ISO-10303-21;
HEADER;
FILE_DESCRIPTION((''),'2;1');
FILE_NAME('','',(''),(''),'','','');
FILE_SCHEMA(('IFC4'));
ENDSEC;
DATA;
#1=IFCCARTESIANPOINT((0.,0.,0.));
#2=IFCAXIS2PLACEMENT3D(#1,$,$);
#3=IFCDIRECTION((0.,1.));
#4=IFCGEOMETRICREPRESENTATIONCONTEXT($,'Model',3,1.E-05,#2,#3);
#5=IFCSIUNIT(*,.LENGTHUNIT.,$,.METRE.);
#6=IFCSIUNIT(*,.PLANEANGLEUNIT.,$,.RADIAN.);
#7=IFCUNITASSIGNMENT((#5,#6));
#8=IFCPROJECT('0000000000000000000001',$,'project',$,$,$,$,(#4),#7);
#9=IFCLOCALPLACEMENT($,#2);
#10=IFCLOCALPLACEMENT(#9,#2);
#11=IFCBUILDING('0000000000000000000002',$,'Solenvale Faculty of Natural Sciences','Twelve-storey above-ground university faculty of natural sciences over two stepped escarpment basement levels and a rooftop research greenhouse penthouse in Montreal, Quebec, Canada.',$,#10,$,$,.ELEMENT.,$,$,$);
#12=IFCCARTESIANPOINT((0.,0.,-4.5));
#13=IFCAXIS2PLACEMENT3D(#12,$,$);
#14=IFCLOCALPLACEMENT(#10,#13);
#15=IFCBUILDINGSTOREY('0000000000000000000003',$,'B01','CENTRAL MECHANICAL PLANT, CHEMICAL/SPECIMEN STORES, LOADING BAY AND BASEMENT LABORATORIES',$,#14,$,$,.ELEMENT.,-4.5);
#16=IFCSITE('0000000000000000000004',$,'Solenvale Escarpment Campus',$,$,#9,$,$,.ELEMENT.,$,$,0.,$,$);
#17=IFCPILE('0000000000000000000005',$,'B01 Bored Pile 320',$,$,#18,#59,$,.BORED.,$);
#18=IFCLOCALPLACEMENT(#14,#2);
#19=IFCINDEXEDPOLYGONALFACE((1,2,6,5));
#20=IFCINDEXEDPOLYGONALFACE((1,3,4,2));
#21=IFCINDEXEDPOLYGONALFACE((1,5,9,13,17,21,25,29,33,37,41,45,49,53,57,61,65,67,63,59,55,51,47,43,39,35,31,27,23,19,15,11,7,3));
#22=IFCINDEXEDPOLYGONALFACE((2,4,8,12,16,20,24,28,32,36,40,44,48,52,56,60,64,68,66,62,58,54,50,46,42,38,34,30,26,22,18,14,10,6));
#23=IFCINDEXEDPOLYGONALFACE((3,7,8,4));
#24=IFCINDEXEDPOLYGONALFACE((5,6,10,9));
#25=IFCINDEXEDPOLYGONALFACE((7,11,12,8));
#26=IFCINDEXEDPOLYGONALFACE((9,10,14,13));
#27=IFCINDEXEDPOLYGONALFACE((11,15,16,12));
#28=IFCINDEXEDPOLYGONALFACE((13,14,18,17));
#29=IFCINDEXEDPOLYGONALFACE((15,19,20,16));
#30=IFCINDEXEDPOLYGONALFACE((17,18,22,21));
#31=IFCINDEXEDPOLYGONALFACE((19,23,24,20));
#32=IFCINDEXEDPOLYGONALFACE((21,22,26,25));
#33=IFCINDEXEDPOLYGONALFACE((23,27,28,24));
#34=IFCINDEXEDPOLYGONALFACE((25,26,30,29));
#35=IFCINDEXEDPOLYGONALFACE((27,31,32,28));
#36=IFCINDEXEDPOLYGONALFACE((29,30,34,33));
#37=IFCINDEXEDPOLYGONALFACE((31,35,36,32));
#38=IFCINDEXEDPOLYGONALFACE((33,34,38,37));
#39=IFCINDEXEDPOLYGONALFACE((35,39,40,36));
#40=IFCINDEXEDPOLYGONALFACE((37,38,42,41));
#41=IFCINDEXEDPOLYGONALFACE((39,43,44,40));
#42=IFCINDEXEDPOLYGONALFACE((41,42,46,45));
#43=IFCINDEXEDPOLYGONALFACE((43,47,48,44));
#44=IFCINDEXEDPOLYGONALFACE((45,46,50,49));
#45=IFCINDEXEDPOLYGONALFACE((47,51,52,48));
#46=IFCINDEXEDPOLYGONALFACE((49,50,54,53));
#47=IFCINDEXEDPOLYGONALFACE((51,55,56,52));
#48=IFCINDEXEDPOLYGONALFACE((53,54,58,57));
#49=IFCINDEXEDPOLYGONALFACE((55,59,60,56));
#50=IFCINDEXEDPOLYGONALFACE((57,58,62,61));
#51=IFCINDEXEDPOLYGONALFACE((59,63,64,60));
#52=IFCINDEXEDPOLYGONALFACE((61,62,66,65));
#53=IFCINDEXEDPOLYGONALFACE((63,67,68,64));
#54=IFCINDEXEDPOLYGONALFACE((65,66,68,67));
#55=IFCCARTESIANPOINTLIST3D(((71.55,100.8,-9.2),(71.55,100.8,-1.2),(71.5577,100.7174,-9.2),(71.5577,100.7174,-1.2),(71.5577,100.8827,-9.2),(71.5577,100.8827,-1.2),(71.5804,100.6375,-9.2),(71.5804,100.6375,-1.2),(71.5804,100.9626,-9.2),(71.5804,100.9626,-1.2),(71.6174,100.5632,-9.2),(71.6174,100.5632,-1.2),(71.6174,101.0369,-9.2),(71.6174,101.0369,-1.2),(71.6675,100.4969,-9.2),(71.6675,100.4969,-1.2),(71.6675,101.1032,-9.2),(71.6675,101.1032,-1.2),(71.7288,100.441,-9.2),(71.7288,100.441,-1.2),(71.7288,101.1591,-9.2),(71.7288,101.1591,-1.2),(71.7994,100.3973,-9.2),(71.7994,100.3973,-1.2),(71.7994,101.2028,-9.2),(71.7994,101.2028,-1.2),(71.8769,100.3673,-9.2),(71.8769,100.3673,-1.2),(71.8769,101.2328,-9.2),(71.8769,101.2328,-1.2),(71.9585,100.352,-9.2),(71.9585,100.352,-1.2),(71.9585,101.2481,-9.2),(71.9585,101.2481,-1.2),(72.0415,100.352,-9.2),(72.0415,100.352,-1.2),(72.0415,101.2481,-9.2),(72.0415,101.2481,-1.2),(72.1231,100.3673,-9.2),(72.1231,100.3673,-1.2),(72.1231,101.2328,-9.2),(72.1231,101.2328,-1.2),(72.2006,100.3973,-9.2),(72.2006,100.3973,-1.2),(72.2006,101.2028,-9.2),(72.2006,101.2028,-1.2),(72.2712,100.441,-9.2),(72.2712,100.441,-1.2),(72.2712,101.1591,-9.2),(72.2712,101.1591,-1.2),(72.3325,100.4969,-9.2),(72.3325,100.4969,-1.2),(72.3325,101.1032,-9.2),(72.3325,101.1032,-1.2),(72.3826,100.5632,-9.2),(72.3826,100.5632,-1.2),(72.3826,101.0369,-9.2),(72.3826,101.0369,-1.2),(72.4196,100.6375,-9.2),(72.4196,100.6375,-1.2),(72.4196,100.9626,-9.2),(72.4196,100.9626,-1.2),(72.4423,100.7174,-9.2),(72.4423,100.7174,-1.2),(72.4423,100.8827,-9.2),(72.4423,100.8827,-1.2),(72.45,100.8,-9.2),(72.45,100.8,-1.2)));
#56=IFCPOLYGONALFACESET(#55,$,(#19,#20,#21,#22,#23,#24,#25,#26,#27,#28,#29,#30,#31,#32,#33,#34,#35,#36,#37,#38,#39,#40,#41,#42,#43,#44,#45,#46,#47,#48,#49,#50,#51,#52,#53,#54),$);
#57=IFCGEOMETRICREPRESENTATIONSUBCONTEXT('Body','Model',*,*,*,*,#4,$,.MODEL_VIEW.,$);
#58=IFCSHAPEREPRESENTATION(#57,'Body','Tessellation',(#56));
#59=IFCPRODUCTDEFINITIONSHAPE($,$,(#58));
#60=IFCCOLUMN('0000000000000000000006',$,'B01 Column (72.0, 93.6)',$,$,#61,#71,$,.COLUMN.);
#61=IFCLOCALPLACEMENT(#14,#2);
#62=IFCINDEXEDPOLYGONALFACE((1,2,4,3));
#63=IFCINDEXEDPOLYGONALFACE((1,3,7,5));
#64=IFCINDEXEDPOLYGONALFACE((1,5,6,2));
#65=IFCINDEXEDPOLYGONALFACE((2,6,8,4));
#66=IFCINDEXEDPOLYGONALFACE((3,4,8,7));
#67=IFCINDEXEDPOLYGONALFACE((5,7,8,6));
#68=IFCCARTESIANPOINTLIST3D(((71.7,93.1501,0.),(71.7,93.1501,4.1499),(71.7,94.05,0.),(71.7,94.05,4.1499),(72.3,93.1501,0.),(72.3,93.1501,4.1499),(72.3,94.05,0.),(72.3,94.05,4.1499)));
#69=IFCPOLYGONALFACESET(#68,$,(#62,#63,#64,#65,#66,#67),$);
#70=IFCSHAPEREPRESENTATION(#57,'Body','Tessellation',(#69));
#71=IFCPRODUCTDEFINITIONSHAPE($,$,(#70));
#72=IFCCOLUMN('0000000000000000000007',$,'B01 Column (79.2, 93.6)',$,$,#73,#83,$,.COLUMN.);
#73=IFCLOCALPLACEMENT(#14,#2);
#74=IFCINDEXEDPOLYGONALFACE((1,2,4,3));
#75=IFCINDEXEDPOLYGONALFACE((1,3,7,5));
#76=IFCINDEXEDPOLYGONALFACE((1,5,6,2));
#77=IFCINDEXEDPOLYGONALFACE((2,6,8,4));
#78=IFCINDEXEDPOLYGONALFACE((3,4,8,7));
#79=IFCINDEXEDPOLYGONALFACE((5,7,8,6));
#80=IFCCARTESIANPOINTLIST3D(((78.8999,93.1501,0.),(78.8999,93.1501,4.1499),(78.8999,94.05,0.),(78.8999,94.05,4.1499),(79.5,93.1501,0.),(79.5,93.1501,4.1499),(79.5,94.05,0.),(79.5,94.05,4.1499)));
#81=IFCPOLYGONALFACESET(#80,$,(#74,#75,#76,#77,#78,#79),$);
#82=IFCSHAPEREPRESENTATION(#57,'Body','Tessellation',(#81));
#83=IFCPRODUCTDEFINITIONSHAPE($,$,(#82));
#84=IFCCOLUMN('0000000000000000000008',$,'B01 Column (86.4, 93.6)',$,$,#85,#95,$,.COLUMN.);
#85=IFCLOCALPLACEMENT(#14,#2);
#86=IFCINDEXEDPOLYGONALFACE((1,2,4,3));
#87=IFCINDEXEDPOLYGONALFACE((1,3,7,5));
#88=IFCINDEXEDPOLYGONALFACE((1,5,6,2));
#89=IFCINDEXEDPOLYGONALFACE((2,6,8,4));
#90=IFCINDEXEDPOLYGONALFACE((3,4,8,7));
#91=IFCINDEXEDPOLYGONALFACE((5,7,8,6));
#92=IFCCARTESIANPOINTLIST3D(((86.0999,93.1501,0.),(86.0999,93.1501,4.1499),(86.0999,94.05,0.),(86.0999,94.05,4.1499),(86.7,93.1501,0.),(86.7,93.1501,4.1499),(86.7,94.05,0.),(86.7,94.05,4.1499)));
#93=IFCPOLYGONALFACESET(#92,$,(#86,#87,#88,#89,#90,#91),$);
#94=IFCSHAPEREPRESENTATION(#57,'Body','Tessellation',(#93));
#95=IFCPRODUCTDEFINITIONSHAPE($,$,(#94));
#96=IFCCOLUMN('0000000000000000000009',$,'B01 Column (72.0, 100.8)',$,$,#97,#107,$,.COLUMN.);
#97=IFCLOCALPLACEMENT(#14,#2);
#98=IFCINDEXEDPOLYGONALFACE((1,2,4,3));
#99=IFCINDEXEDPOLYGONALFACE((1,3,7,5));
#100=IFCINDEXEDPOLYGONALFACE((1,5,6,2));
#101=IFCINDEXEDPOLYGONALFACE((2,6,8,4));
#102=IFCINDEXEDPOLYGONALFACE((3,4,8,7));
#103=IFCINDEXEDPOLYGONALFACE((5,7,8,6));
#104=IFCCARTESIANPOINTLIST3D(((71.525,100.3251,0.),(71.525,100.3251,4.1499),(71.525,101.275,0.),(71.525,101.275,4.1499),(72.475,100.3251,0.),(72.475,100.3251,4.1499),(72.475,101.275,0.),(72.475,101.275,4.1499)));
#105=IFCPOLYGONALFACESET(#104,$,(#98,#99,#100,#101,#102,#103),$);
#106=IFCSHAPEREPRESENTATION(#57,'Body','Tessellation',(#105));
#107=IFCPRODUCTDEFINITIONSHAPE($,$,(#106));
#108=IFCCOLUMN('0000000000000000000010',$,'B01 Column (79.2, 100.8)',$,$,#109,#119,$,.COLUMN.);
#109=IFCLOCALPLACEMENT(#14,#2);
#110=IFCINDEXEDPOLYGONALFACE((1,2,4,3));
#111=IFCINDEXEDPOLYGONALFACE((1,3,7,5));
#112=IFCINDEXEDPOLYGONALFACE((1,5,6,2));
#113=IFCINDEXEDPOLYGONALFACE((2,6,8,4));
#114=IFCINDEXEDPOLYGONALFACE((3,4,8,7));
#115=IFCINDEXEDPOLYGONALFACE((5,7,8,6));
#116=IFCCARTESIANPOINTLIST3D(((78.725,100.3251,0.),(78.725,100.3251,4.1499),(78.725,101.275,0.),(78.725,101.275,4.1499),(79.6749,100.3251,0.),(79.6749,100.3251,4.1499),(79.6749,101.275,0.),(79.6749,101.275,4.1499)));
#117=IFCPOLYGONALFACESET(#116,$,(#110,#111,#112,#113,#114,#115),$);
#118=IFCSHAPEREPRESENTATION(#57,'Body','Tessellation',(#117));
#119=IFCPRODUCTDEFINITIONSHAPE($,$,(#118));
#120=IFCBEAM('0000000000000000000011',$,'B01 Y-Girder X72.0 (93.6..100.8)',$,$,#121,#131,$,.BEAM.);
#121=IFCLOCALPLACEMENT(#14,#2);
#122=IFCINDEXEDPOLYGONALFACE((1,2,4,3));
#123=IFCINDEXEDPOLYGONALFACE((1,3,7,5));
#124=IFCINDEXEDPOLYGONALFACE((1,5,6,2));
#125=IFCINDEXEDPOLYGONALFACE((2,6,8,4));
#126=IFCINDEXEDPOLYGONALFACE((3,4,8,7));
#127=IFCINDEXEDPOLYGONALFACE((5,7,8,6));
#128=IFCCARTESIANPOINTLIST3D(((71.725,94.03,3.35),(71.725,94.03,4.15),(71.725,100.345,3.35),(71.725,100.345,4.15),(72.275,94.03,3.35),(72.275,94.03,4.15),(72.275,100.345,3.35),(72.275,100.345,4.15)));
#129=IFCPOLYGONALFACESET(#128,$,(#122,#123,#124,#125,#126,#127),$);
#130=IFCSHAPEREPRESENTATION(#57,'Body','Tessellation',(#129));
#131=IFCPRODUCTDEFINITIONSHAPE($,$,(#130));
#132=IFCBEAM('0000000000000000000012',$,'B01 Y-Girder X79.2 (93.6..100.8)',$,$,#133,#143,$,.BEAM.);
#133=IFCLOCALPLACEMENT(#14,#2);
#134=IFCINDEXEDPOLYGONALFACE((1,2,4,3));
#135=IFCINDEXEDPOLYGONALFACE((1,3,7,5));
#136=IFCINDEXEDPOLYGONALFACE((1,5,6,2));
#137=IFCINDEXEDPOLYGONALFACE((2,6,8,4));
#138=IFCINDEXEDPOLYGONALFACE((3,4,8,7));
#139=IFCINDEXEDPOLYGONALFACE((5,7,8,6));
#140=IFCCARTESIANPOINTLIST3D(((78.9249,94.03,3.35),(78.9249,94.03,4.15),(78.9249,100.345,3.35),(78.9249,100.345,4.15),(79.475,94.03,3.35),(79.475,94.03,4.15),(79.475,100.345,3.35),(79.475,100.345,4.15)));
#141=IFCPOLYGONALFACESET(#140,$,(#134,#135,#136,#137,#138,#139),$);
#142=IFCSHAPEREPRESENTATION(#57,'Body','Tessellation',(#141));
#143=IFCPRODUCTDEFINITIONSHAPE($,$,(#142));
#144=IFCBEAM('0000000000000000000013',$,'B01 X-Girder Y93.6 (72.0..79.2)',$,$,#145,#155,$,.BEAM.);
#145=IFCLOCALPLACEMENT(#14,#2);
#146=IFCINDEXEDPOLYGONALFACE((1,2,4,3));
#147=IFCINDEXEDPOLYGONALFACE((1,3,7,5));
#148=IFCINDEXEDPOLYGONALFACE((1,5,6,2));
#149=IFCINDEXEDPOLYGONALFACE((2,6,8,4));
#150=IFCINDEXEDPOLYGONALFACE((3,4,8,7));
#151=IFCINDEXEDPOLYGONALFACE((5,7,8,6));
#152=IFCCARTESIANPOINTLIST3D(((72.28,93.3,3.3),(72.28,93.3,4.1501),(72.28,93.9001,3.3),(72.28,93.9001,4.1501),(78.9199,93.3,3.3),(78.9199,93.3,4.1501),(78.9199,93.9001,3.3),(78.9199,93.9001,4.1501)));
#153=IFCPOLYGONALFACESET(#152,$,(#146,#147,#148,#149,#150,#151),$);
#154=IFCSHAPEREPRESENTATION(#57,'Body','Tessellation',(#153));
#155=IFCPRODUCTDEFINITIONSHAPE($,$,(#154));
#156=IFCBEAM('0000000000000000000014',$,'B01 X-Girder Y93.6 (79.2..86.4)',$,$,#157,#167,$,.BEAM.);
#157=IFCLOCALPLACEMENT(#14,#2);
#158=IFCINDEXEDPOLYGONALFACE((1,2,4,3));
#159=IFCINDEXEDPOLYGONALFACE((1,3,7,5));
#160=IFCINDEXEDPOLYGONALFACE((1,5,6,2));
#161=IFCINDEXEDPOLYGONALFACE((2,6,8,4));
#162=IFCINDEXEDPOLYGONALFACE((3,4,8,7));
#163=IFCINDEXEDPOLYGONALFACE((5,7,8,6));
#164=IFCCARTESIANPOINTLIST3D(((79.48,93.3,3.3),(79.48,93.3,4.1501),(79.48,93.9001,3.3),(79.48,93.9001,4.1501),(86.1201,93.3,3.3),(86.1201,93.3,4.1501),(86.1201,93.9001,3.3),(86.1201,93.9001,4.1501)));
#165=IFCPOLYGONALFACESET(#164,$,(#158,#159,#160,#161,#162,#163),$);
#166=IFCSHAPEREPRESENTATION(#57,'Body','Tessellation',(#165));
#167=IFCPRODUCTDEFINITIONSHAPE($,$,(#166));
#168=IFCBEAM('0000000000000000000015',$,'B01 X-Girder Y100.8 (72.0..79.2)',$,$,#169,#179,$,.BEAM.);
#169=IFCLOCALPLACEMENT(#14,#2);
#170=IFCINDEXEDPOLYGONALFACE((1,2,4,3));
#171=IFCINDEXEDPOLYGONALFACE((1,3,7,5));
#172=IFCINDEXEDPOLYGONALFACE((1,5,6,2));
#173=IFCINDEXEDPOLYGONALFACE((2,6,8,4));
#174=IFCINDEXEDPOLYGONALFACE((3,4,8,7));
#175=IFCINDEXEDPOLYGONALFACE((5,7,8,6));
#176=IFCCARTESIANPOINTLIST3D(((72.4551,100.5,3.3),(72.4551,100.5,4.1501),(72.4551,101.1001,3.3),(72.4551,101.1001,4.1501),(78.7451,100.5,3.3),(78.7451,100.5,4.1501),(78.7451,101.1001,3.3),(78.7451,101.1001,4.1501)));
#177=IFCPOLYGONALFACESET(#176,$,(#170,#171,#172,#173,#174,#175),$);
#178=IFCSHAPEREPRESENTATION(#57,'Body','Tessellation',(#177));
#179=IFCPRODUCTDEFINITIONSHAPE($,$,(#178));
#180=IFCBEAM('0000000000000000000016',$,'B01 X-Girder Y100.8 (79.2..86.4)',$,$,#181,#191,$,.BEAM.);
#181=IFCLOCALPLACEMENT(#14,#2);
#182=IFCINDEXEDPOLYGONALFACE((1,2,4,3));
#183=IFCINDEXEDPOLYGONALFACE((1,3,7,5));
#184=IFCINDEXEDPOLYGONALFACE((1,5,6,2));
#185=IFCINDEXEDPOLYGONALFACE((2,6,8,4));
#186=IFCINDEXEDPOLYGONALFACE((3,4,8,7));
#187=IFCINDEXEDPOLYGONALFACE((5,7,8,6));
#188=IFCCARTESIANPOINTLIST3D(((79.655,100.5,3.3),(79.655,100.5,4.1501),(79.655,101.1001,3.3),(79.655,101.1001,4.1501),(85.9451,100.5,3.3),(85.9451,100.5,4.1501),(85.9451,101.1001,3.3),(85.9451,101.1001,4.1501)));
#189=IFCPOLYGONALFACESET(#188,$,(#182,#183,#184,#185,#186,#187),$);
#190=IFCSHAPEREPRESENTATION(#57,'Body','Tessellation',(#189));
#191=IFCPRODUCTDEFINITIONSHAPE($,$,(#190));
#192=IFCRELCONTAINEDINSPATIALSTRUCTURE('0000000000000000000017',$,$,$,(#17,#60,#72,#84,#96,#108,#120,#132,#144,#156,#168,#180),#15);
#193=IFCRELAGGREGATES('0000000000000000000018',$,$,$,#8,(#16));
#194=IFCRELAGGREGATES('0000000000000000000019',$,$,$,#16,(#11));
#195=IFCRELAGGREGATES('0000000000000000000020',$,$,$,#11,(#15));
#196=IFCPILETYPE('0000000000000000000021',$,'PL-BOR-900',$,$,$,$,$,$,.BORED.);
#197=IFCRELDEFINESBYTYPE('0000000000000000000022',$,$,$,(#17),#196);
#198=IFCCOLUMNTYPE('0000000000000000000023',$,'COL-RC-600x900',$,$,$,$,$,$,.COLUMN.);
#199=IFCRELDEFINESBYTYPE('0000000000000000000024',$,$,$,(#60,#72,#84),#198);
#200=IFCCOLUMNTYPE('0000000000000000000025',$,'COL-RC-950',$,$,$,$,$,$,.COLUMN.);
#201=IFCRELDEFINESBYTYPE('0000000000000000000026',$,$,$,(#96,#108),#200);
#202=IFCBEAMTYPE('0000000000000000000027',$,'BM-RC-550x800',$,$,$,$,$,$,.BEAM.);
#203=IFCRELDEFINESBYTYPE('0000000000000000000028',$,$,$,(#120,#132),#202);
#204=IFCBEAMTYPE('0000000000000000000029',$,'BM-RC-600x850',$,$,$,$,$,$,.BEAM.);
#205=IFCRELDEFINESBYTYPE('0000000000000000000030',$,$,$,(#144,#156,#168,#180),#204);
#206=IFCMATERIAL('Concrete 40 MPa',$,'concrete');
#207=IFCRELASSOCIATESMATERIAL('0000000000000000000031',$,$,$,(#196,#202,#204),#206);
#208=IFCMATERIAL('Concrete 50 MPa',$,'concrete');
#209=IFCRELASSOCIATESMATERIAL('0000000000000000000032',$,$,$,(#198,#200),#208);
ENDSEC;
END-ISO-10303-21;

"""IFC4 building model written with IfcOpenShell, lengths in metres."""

from ifc_helpers import new_model, si_unit, direction, frame, origin, origin_2d, place, context, subcontext, project, spatial, rectangle, circle, extrude, material, material_profile, profile_set, type_object, element, save


model = new_model("IFC4")

# Units and contexts
model_context = context("Model", 3, precision=1e-05, world=origin(), true_north=direction((0.0, 1.0)))
body_context = subcontext(model_context, "Body", "Model", "MODEL_VIEW")
ifc_project = project(units=[si_unit("LENGTHUNIT", "METRE"), si_unit("PLANEANGLEUNIT", "RADIAN")], contexts=[model_context])

# Site, building, storey
site_placement = place(None, origin())
site = spatial("IfcSite", under=ifc_project, at=site_placement, Name="Solenvale Escarpment Campus", CompositionType="ELEMENT", RefElevation=0.0)
building_placement = place(site_placement, origin())
building = spatial("IfcBuilding", under=site, at=building_placement, Name="Solenvale Faculty of Natural Sciences", Description="Twelve-storey above-ground university faculty of natural sciences over two stepped escarpment basement levels and a rooftop research greenhouse penthouse in Montreal, Quebec, Canada.", CompositionType="ELEMENT")
storey_placement = place(building_placement, frame((0.0, 0.0, -4.5)))
storey = spatial("IfcBuildingStorey", under=building, at=storey_placement, Name="B01", Description="CENTRAL MECHANICAL PLANT, CHEMICAL/SPECIMEN STORES, LOADING BAY AND BASEMENT LABORATORIES", CompositionType="ELEMENT", Elevation=-4.5)

# Shared definitions
ifc_material_1 = material(Name="Concrete 40 MPa", Category="concrete")

# Pile
ifc_material_profile_1 = material_profile(ifc_material_1, circle(Radius=0.45, at=origin_2d()), Name="PILE-D900")
ifc_profile_set_1 = profile_set([ifc_material_profile_1], Name="Concrete 40 MPa")
pile_type = type_object("IfcPileType", Name="PL-BOR-900", PredefinedType="BORED", material=ifc_profile_set_1)
for number, where, z_axis, x_axis, name in (
    (1, (72.0, 100.8, -1.2), (0.0, 0.0, -1.0), (1.0, 0.0, 0.0), "B01 Bored Pile 320"),
):
    element("IfcPile", number, at=place(storey_placement, frame(where, z_axis=z_axis, x_axis=x_axis)), inside=storey, type_object=pile_type, Name=name, PredefinedType="BORED", context=body_context, shape_type="SweptSolid", body=[
        extrude(circle(Radius=0.45, at=origin_2d()), origin(), (0.0, 0.0, 1.0), 8.0),
    ])

# Columns
ifc_material_2 = material(Name="Concrete 50 MPa", Category="concrete")
ifc_material_profile_2 = material_profile(ifc_material_2, rectangle(XDim=0.6001, YDim=0.8999, at=origin_2d()), Name="RC-COL-600x900")
ifc_profile_set_2 = profile_set([ifc_material_profile_2], Name="Concrete 50 MPa")
column_type_1 = type_object("IfcColumnType", Name="COL-RC-600x900", PredefinedType="COLUMN", material=ifc_profile_set_2)
for number, where, z_axis, x_axis, name in (
    (2, (72.0, 93.6001, 0.0), (0.0, 0.0, 1.0), (1.0, 0.0, 0.0), "B01 Column (72.0, 93.6)"),
    (3, (79.2, 93.6001, 0.0), (0.0, 0.0, 1.0), (1.0, 0.0, 0.0), "B01 Column (79.2, 93.6)"),
    (4, (86.3999, 93.6001, 0.0), (0.0, 0.0, 1.0), (1.0, 0.0, 0.0), "B01 Column (86.4, 93.6)"),
):
    element("IfcColumn", number, at=place(storey_placement, frame(where, z_axis=z_axis, x_axis=x_axis)), inside=storey, type_object=column_type_1, Name=name, PredefinedType="COLUMN", context=body_context, shape_type="SweptSolid", body=[
        extrude(rectangle(XDim=0.6001, YDim=0.8999, at=origin_2d()), origin(), (0.0, 0.0, 1.0), 4.1499),
    ])
ifc_material_profile_3 = material_profile(ifc_material_2, rectangle(XDim=0.95, YDim=0.95, at=origin_2d()), Name="RC-COL-950x950")
ifc_profile_set_3 = profile_set([ifc_material_profile_3], Name="Concrete 50 MPa")
column_type_2 = type_object("IfcColumnType", Name="COL-RC-950", PredefinedType="COLUMN", material=ifc_profile_set_3)
for number, where, z_axis, x_axis, name in (
    (5, (72.0, 100.8, 0.0), (0.0, 0.0, 1.0), (1.0, 0.0, 0.0), "B01 Column (72.0, 100.8)"),
    (6, (79.2, 100.8, 0.0), (0.0, 0.0, 1.0), (1.0, 0.0, 0.0), "B01 Column (79.2, 100.8)"),
):
    element("IfcColumn", number, at=place(storey_placement, frame(where, z_axis=z_axis, x_axis=x_axis)), inside=storey, type_object=column_type_2, Name=name, PredefinedType="COLUMN", context=body_context, shape_type="SweptSolid", body=[
        extrude(rectangle(XDim=0.95, YDim=0.95, at=origin_2d()), origin(), (0.0, 0.0, 1.0), 4.1499),
    ])

# Beams
ifc_material_profile_4 = material_profile(ifc_material_1, rectangle(XDim=0.55, YDim=0.8, at=origin_2d()), Name="RC-BM-550x800")
ifc_profile_set_4 = profile_set([ifc_material_profile_4], Name="Concrete 40 MPa")
beam_type_1 = type_object("IfcBeamType", Name="BM-RC-550x800", PredefinedType="BEAM", material=ifc_profile_set_4)
for number, where, z_axis, x_axis, name in (
    (7, (72.0, 94.03, 3.75), (0.0, 1.0, 0.0), (-1.0, 0.0, 0.0), "B01 Y-Girder X72.0 (93.6..100.8)"),
    (8, (79.2, 94.03, 3.75), (0.0, 1.0, 0.0), (-1.0, 0.0, 0.0), "B01 Y-Girder X79.2 (93.6..100.8)"),
):
    element("IfcBeam", number, at=place(storey_placement, frame(where, z_axis=z_axis, x_axis=x_axis)), inside=storey, type_object=beam_type_1, Name=name, PredefinedType="BEAM", context=body_context, shape_type="SweptSolid", body=[
        extrude(rectangle(XDim=0.55, YDim=0.8, at=origin_2d()), origin(), (0.0, 0.0, 1.0), 6.3149),
    ])
ifc_material_profile_5 = material_profile(ifc_material_1, rectangle(XDim=0.6001, YDim=0.8501, at=origin_2d()), Name="RC-BM-600x850")
ifc_profile_set_5 = profile_set([ifc_material_profile_5], Name="Concrete 40 MPa")
beam_type_2 = type_object("IfcBeamType", Name="BM-RC-600x850", PredefinedType="BEAM", material=ifc_profile_set_5)
beam_1_placement = place(storey_placement, frame((72.28, 93.6001, 3.7251), z_axis=(1.0, 0.0, 0.0), x_axis=(0.0, 1.0, 0.0)))
element("IfcBeam", 9, at=beam_1_placement, inside=storey, type_object=beam_type_2, Name="B01 X-Girder Y93.6 (72.0..79.2)", PredefinedType="BEAM", context=body_context, shape_type="SweptSolid", body=[
    extrude(rectangle(XDim=0.6001, YDim=0.8501, at=origin_2d()), origin(), (0.0, 0.0, 1.0), 6.6399),
])
beam_2_placement = place(storey_placement, frame((79.48, 93.6001, 3.7251), z_axis=(1.0, 0.0, 0.0), x_axis=(0.0, 1.0, 0.0)))
element("IfcBeam", 10, at=beam_2_placement, inside=storey, type_object=beam_type_2, Name="B01 X-Girder Y93.6 (79.2..86.4)", PredefinedType="BEAM", context=body_context, shape_type="SweptSolid", body=[
    extrude(rectangle(XDim=0.6001, YDim=0.8501, at=origin_2d()), origin(), (0.0, 0.0, 1.0), 6.6401),
])
for number, where, z_axis, x_axis, name in (
    (11, (72.4551, 100.8, 3.7251), (1.0, 0.0, 0.0), (0.0, 1.0, 0.0), "B01 X-Girder Y100.8 (72.0..79.2)"),
    (12, (79.655, 100.8, 3.7251), (1.0, 0.0, 0.0), (0.0, 1.0, 0.0), "B01 X-Girder Y100.8 (79.2..86.4)"),
):
    element("IfcBeam", number, at=place(storey_placement, frame(where, z_axis=z_axis, x_axis=x_axis)), inside=storey, type_object=beam_type_2, Name=name, PredefinedType="BEAM", context=body_context, shape_type="SweptSolid", body=[
        extrude(rectangle(XDim=0.6001, YDim=0.8501, at=origin_2d()), origin(), (0.0, 0.0, 1.0), 6.29),
    ])

save(model, "model.ifc")
